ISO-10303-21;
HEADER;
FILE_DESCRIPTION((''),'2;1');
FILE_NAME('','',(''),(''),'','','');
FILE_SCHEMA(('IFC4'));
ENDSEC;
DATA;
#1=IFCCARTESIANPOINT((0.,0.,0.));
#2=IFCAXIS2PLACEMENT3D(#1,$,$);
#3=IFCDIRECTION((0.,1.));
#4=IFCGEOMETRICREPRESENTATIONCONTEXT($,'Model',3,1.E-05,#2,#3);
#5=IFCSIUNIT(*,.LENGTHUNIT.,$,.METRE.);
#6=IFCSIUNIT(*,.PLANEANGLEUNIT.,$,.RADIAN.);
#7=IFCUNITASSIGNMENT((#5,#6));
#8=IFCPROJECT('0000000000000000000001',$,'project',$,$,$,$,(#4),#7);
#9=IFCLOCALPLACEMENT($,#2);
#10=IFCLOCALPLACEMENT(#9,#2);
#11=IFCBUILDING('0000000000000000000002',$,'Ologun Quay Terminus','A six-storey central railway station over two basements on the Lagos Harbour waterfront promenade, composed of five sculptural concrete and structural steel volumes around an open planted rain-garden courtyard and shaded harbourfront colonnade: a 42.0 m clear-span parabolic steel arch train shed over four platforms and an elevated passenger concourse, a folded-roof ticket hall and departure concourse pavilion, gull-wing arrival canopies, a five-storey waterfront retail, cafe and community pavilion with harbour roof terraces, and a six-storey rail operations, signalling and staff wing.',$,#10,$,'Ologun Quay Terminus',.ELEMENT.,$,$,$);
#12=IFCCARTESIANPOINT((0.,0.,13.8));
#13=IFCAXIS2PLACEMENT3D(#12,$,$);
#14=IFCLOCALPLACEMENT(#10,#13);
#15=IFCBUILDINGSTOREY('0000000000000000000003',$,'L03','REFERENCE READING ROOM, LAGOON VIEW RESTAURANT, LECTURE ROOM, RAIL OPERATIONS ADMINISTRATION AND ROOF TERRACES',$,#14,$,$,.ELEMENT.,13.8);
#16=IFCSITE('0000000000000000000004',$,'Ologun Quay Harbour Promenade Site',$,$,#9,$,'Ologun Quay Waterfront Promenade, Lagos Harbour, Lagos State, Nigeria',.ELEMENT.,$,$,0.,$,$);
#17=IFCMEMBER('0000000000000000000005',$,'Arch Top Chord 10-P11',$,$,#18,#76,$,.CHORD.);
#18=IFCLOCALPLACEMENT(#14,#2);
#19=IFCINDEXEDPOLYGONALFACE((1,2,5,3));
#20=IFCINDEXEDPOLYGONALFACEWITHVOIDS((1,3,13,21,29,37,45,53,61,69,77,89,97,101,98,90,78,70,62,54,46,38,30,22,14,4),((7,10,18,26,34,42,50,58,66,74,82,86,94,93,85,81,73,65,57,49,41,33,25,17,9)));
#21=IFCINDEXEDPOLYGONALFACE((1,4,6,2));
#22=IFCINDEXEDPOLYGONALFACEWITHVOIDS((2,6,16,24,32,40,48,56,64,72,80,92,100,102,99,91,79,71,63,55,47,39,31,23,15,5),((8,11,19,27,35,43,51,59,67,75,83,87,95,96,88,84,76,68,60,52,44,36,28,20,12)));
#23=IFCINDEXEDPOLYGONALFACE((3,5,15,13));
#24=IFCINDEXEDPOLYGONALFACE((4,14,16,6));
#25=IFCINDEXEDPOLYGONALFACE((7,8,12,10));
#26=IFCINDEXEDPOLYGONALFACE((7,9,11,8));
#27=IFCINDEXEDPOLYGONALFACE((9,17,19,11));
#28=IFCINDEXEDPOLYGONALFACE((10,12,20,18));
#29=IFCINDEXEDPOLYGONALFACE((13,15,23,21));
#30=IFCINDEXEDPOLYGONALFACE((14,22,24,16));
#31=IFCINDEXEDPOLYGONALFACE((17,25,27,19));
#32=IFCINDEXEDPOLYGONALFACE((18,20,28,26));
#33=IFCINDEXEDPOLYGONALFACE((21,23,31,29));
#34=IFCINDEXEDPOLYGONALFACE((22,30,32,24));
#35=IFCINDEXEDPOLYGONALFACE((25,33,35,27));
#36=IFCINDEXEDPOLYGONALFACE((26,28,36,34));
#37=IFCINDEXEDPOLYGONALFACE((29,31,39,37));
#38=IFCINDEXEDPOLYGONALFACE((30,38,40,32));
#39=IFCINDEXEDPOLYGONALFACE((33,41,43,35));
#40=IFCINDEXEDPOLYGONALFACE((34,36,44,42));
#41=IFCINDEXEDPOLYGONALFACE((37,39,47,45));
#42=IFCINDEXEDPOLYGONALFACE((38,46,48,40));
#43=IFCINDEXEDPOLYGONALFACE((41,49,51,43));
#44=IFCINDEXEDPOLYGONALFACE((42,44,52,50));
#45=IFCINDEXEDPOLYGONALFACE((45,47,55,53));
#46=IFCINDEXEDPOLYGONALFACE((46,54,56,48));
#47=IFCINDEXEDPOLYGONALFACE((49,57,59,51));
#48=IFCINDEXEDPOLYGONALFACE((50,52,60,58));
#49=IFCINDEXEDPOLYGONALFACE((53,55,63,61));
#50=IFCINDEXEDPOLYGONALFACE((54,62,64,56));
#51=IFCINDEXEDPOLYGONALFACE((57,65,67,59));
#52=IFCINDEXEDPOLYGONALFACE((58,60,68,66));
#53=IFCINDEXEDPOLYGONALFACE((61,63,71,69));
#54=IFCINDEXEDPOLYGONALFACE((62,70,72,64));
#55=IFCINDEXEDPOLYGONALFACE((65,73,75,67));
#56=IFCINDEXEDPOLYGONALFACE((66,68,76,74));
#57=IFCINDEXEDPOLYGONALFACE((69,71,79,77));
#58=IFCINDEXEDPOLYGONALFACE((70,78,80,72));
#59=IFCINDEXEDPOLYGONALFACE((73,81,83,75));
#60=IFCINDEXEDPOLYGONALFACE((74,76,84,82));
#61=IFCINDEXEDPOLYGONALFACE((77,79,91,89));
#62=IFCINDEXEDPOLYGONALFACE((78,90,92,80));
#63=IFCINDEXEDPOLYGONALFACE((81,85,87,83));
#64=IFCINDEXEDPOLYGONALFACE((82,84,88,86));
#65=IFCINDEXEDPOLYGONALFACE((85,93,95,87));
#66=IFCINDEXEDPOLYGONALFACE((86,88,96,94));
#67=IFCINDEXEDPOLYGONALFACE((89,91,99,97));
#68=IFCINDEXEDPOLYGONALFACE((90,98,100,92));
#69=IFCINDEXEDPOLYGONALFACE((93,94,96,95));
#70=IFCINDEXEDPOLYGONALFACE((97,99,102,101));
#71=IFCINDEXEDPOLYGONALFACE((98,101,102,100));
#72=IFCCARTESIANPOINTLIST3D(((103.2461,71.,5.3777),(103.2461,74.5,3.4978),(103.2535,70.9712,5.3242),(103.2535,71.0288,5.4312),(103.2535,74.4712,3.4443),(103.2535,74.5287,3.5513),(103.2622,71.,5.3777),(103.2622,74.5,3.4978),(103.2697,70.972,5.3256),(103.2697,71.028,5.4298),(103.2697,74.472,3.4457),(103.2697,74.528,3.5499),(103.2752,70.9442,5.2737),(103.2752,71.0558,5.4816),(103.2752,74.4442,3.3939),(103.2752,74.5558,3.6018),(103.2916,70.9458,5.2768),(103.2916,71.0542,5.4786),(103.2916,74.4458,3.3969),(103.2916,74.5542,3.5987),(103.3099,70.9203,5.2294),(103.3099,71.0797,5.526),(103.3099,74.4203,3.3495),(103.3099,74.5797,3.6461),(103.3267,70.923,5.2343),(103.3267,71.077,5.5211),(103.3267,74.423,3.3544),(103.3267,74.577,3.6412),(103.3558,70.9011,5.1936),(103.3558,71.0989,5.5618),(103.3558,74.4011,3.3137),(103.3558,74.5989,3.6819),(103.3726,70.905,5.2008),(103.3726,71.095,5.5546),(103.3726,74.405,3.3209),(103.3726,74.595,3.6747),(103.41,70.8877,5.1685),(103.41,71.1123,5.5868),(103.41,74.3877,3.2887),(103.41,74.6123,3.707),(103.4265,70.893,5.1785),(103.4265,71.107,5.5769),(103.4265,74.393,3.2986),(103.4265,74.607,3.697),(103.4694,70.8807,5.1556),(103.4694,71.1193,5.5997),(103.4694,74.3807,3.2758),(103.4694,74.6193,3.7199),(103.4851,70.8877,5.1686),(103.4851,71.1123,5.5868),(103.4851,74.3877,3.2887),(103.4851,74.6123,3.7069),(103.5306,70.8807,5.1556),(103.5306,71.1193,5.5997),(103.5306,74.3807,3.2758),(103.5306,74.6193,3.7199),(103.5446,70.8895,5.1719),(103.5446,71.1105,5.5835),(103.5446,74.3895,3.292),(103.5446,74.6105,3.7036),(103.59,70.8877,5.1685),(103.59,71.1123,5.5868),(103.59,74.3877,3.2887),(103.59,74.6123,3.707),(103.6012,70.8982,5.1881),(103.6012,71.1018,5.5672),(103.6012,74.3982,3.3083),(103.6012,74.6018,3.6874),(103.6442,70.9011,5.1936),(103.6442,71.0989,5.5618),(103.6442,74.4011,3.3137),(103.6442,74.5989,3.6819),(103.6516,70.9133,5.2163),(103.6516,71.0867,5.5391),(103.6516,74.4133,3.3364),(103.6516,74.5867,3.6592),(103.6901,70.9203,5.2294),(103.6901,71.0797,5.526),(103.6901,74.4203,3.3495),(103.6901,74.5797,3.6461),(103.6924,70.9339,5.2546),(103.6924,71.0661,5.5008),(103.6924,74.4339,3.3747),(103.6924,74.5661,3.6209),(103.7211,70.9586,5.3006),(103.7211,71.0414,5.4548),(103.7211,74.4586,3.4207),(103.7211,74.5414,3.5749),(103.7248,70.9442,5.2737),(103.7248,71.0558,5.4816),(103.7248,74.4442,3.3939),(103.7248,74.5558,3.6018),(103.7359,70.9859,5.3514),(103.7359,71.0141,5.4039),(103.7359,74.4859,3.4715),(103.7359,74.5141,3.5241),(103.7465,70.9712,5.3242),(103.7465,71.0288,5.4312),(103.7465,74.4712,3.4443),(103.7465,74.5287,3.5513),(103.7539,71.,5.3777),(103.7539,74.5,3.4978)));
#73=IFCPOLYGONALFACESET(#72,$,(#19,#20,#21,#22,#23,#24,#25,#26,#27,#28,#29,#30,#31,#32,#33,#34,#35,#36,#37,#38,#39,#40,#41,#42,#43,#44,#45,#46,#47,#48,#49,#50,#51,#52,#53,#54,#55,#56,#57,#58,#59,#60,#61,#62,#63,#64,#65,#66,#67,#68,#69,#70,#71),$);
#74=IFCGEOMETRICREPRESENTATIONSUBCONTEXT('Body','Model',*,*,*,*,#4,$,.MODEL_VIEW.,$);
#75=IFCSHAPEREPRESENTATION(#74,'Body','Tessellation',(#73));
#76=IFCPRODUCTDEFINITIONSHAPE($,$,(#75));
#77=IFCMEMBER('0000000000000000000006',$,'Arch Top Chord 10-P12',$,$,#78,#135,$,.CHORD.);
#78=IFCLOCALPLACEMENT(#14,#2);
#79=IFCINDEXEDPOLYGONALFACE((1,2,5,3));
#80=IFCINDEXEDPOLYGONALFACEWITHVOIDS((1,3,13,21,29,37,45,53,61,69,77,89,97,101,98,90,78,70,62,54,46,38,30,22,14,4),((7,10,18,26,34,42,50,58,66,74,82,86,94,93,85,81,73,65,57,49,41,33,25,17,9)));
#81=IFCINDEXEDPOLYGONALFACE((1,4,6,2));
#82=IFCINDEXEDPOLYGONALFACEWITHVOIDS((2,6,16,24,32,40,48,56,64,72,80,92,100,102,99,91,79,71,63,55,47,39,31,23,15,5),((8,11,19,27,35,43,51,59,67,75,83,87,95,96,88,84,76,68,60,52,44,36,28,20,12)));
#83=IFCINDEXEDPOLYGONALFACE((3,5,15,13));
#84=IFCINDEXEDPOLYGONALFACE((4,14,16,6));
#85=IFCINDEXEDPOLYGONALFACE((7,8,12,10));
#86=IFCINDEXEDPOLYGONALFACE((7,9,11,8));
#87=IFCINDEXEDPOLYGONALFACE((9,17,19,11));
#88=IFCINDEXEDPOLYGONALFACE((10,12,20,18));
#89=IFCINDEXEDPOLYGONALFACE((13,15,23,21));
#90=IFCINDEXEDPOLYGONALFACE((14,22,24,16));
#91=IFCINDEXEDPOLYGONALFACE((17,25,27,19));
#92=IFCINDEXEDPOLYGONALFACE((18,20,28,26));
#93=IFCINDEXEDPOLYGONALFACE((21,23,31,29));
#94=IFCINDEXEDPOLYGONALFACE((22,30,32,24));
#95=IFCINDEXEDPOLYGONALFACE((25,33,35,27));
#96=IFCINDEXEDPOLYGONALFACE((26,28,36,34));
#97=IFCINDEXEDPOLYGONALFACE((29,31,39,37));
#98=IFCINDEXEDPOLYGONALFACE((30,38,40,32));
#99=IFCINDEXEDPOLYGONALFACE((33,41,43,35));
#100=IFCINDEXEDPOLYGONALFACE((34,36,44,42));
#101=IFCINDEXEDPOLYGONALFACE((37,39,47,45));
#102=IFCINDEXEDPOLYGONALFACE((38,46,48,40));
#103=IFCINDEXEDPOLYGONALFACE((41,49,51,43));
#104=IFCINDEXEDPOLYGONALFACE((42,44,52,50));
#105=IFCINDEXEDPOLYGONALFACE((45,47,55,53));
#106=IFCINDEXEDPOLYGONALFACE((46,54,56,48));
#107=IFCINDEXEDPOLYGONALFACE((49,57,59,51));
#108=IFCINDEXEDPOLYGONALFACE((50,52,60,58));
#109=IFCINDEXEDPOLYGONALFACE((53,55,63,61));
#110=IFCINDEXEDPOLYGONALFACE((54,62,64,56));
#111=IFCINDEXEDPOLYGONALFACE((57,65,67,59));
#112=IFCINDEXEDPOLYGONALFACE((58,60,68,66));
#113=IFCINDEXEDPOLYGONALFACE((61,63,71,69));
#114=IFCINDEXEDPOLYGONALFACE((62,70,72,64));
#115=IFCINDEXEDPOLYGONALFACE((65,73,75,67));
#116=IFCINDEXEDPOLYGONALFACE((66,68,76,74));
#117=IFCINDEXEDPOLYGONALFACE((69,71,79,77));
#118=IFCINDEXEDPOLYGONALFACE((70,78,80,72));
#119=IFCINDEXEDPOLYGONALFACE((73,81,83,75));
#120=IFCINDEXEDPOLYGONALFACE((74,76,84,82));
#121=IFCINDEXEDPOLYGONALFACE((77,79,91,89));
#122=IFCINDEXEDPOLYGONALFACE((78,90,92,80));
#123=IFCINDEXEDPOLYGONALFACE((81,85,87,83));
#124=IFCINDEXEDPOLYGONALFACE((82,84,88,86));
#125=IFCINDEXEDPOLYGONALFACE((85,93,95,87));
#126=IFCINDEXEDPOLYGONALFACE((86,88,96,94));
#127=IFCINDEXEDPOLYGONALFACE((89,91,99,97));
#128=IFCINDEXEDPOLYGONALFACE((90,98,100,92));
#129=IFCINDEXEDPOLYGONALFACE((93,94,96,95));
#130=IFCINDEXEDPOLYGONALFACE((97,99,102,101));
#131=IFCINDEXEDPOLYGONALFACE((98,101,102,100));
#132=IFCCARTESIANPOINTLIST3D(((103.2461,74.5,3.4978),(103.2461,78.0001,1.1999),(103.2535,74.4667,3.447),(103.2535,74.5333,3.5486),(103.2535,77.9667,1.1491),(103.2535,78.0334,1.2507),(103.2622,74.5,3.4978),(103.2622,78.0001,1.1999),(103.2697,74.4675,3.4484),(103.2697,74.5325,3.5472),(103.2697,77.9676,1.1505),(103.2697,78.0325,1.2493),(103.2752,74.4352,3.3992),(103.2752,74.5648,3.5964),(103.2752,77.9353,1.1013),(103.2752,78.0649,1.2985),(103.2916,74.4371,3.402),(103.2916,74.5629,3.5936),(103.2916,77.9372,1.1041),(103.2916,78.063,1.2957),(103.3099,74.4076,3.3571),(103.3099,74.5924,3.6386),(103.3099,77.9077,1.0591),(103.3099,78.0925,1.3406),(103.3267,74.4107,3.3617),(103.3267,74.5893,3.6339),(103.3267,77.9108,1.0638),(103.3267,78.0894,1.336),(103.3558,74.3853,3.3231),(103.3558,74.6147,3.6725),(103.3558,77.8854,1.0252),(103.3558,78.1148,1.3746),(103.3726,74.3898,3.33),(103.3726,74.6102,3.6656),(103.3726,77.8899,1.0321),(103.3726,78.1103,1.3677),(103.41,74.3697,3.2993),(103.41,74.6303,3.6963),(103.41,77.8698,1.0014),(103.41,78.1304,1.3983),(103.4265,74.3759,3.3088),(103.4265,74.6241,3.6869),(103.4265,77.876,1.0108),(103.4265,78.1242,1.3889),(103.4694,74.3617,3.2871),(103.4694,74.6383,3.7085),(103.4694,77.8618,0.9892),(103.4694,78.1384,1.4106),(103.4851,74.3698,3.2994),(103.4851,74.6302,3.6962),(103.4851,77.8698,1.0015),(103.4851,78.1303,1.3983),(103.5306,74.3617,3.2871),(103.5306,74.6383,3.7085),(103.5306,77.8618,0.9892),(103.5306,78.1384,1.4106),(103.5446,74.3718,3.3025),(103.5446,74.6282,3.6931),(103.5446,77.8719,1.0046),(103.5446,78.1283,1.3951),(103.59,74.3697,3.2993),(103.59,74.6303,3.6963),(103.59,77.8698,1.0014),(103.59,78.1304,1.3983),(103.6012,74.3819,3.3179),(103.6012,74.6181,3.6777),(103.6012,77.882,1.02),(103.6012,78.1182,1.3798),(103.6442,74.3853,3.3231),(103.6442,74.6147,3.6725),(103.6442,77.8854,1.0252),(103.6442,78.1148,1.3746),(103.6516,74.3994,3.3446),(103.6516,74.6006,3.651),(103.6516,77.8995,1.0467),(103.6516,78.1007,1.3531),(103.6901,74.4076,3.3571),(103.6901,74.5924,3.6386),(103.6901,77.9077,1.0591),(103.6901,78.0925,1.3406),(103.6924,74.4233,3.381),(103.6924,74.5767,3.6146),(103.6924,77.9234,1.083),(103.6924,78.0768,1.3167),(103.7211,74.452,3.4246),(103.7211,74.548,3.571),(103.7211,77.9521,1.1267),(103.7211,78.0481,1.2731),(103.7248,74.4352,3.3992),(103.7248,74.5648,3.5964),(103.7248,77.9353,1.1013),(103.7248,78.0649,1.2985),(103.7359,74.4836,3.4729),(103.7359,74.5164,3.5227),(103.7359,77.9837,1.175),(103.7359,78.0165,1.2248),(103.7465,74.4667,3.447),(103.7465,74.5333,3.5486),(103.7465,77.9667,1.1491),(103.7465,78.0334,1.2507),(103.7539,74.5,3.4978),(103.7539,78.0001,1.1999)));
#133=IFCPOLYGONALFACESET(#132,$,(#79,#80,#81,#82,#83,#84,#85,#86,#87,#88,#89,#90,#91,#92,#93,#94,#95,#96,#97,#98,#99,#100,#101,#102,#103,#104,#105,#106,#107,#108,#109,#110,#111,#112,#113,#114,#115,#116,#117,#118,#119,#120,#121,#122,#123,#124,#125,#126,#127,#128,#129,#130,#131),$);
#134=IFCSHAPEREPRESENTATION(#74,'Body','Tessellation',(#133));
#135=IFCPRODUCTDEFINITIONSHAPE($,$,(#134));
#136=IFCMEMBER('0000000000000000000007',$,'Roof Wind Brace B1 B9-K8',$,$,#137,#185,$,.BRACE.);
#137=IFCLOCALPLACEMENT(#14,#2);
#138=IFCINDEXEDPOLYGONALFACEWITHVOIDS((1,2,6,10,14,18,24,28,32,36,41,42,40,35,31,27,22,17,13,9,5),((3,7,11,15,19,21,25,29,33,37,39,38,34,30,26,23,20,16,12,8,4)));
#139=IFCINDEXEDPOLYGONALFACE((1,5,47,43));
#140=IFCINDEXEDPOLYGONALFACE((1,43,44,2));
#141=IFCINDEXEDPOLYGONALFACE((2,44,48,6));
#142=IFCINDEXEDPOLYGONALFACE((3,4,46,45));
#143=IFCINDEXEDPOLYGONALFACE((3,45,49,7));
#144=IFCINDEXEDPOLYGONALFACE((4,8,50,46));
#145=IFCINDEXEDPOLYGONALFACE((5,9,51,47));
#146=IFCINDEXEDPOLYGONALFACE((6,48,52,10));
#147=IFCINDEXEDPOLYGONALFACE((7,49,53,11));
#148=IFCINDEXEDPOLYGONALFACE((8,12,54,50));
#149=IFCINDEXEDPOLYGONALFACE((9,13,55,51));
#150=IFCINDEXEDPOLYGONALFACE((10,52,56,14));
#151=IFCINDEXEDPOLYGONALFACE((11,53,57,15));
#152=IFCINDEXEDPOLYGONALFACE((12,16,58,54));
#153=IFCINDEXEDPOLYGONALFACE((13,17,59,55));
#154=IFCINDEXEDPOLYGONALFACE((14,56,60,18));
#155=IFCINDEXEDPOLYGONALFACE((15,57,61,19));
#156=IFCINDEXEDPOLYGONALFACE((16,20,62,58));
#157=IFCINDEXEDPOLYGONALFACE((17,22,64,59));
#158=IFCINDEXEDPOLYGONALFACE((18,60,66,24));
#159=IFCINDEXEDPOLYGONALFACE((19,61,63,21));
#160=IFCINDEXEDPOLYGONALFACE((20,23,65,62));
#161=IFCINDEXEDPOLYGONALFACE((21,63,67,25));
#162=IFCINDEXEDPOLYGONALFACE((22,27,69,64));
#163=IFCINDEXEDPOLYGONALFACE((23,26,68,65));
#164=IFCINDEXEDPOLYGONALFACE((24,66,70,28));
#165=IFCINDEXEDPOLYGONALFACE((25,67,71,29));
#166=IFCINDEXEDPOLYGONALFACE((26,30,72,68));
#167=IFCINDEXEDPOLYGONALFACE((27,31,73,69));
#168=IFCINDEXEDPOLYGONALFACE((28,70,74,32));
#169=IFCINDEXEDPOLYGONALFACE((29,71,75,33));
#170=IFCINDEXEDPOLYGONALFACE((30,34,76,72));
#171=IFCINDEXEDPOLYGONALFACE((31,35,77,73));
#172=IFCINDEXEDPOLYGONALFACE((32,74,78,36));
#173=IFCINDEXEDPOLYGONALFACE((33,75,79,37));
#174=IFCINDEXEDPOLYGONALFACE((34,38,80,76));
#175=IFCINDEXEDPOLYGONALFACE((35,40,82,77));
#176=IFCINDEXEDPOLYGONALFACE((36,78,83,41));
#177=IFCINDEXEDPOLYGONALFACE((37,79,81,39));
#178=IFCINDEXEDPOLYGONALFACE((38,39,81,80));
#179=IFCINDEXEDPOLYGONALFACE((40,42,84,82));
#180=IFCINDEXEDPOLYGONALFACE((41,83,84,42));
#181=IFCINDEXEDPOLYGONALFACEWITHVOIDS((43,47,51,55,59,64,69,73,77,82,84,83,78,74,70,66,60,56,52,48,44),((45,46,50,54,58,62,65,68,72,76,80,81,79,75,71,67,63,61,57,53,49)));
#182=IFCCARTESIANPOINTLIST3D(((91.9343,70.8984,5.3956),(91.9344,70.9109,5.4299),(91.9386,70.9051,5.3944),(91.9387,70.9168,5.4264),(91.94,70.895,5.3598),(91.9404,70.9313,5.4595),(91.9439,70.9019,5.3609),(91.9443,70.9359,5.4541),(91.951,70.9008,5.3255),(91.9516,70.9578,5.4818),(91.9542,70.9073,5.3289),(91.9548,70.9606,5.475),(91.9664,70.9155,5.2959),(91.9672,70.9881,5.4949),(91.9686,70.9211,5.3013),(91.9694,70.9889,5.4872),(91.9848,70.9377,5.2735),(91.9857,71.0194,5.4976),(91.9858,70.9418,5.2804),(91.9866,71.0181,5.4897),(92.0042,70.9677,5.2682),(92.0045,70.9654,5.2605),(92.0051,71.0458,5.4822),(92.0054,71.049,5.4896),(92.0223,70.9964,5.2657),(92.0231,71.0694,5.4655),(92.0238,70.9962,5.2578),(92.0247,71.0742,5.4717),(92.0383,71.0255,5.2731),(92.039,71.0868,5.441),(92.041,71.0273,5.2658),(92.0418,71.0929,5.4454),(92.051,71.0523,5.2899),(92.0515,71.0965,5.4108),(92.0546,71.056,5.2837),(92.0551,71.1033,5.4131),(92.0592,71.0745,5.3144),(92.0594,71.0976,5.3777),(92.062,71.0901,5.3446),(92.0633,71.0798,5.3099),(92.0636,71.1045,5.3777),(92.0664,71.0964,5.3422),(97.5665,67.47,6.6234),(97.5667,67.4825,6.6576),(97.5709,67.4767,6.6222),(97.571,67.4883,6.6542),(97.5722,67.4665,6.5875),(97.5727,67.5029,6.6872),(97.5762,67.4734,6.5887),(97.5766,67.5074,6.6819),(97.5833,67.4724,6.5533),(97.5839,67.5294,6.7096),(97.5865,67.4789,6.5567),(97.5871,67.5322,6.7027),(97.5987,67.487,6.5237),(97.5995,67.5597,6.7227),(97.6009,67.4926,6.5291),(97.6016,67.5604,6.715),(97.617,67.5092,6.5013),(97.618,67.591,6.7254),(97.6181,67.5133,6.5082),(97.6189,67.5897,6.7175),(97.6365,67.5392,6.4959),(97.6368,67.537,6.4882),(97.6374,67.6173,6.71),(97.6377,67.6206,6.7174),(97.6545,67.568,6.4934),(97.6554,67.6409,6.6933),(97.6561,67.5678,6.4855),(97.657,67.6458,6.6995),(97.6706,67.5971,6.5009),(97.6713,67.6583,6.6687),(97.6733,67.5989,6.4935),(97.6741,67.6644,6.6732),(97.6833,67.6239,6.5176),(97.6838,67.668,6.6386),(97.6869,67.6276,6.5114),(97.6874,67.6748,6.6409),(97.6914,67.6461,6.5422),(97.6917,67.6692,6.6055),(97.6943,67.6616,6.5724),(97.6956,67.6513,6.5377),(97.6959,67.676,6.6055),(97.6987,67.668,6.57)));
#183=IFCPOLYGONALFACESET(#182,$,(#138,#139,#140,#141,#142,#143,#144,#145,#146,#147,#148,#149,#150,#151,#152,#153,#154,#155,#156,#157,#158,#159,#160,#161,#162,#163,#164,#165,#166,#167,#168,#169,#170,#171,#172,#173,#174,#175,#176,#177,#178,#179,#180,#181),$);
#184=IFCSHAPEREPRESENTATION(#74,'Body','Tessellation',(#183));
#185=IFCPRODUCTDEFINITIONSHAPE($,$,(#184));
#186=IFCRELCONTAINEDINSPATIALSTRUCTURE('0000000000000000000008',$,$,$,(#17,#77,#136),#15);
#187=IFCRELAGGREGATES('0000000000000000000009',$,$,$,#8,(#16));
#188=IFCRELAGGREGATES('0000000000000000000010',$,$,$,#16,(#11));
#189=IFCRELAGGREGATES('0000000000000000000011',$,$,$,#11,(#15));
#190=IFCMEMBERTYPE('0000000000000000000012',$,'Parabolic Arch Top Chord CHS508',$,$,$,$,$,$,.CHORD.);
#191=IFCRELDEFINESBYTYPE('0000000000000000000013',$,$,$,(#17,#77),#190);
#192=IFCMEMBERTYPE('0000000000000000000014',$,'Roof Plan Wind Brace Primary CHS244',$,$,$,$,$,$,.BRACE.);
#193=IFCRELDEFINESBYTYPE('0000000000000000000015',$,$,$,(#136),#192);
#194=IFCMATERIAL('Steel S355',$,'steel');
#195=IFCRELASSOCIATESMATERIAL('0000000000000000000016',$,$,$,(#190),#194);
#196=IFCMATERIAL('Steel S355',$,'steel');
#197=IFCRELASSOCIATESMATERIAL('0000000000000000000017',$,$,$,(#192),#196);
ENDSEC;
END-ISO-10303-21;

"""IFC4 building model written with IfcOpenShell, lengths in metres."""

from ifc_helpers import new_model, si_unit, direction, frame, origin, origin_2d, place, context, subcontext, project, spatial, hollow_circle, extrude, material, material_profile, profile_set, type_object, element, save


model = new_model("IFC4")

# Units and contexts
model_context = context("Model", 3, precision=1e-05, world=origin(), true_north=direction((0.0, 1.0)))
body_context = subcontext(model_context, "Body", "Model", "MODEL_VIEW")
ifc_project = project(units=[si_unit("LENGTHUNIT", "METRE"), si_unit("PLANEANGLEUNIT", "RADIAN")], contexts=[model_context])

# Site, building, storey
site_placement = place(None, origin())
site = spatial("IfcSite", under=ifc_project, at=site_placement, Name="Ologun Quay Harbour Promenade Site", LongName="Ologun Quay Waterfront Promenade, Lagos Harbour, Lagos State, Nigeria", CompositionType="ELEMENT", RefElevation=0.0)
building_placement = place(site_placement, origin())
building = spatial("IfcBuilding", under=site, at=building_placement, Name="Ologun Quay Terminus", Description="A six-storey central railway station over two basements on the Lagos Harbour waterfront promenade, composed of five sculptural concrete and structural steel volumes around an open planted rain-garden courtyard and shaded harbourfront colonnade: a 42.0 m clear-span parabolic steel arch train shed over four platforms and an elevated passenger concourse, a folded-roof ticket hall and departure concourse pavilion, gull-wing arrival canopies, a five-storey waterfront retail, cafe and community pavilion with harbour roof terraces, and a six-storey rail operations, signalling and staff wing.", LongName="Ologun Quay Terminus", CompositionType="ELEMENT")
storey_placement = place(building_placement, frame((0.0, 0.0, 13.8)))
storey = spatial("IfcBuildingStorey", under=building, at=storey_placement, Name="L03", Description="REFERENCE READING ROOM, LAGOON VIEW RESTAURANT, LECTURE ROOM, RAIL OPERATIONS ADMINISTRATION AND ROOF TERRACES", CompositionType="ELEMENT", Elevation=13.8)

# Members
ifc_material_1 = material(Name="Steel S355", Category="steel")
ifc_material_profile_1 = material_profile(ifc_material_1, hollow_circle(Radius=0.2539, WallThickness=0.0161, at=origin_2d()), Name="CHS 508x16")
ifc_profile_set_1 = profile_set([ifc_material_profile_1], Name="Steel S355")
member_type_1 = type_object("IfcMemberType", Name="Parabolic Arch Top Chord CHS508", PredefinedType="CHORD", material=ifc_profile_set_1)
member_1_placement = place(storey_placement, frame((103.5, 71.0, 5.3777), z_axis=(0.0, 0.880968, -0.473176), x_axis=(-1.0, 0.0, 0.0)))
element("IfcMember", 1, at=member_1_placement, inside=storey, type_object=member_type_1, Name="Arch Top Chord 10-P11", PredefinedType="CHORD", context=body_context, shape_type="SweptSolid", body=[
    extrude(hollow_circle(Radius=0.2539, WallThickness=0.0161, at=origin_2d()), origin(), (0.0, 0.0, 1.0), 3.9729),
])
member_2_placement = place(storey_placement, frame((103.5, 74.5, 3.4978), z_axis=(0.0, 0.835941, -0.548819), x_axis=(-1.0, 0.0, 0.0)))
element("IfcMember", 2, at=member_2_placement, inside=storey, type_object=member_type_1, Name="Arch Top Chord 10-P12", PredefinedType="CHORD", context=body_context, shape_type="SweptSolid", body=[
    extrude(hollow_circle(Radius=0.2539, WallThickness=0.0161, at=origin_2d()), origin(), (0.0, 0.0, 1.0), 4.187),
])
ifc_material_2 = material(Name="Steel S355", Category="steel")
ifc_material_profile_2 = material_profile(ifc_material_2, hollow_circle(Radius=0.1223, WallThickness=0.0081, at=origin_2d()), Name="CHS 244.5x8")
ifc_profile_set_2 = profile_set([ifc_material_profile_2], Name="Steel S355")
member_type_2 = type_object("IfcMemberType", Name="Roof Plan Wind Brace Primary CHS244", PredefinedType="BRACE", material=ifc_profile_set_2)
member_3_placement = place(storey_placement, frame((92.0, 71.0, 5.3777), z_axis=(0.839758, -0.511171, 0.183058), x_axis=(0.519958, 0.854192, 0.0)))
element("IfcMember", 3, at=member_3_placement, inside=storey, type_object=member_type_2, Name="Roof Wind Brace B1 B9-K8", PredefinedType="BRACE", context=body_context, shape_type="SweptSolid", body=[
    extrude(hollow_circle(Radius=0.1223, WallThickness=0.0081, at=origin_2d()), origin(), (0.0, 0.0, 1.0), 6.707),
])

save(model, "model.ifc")
